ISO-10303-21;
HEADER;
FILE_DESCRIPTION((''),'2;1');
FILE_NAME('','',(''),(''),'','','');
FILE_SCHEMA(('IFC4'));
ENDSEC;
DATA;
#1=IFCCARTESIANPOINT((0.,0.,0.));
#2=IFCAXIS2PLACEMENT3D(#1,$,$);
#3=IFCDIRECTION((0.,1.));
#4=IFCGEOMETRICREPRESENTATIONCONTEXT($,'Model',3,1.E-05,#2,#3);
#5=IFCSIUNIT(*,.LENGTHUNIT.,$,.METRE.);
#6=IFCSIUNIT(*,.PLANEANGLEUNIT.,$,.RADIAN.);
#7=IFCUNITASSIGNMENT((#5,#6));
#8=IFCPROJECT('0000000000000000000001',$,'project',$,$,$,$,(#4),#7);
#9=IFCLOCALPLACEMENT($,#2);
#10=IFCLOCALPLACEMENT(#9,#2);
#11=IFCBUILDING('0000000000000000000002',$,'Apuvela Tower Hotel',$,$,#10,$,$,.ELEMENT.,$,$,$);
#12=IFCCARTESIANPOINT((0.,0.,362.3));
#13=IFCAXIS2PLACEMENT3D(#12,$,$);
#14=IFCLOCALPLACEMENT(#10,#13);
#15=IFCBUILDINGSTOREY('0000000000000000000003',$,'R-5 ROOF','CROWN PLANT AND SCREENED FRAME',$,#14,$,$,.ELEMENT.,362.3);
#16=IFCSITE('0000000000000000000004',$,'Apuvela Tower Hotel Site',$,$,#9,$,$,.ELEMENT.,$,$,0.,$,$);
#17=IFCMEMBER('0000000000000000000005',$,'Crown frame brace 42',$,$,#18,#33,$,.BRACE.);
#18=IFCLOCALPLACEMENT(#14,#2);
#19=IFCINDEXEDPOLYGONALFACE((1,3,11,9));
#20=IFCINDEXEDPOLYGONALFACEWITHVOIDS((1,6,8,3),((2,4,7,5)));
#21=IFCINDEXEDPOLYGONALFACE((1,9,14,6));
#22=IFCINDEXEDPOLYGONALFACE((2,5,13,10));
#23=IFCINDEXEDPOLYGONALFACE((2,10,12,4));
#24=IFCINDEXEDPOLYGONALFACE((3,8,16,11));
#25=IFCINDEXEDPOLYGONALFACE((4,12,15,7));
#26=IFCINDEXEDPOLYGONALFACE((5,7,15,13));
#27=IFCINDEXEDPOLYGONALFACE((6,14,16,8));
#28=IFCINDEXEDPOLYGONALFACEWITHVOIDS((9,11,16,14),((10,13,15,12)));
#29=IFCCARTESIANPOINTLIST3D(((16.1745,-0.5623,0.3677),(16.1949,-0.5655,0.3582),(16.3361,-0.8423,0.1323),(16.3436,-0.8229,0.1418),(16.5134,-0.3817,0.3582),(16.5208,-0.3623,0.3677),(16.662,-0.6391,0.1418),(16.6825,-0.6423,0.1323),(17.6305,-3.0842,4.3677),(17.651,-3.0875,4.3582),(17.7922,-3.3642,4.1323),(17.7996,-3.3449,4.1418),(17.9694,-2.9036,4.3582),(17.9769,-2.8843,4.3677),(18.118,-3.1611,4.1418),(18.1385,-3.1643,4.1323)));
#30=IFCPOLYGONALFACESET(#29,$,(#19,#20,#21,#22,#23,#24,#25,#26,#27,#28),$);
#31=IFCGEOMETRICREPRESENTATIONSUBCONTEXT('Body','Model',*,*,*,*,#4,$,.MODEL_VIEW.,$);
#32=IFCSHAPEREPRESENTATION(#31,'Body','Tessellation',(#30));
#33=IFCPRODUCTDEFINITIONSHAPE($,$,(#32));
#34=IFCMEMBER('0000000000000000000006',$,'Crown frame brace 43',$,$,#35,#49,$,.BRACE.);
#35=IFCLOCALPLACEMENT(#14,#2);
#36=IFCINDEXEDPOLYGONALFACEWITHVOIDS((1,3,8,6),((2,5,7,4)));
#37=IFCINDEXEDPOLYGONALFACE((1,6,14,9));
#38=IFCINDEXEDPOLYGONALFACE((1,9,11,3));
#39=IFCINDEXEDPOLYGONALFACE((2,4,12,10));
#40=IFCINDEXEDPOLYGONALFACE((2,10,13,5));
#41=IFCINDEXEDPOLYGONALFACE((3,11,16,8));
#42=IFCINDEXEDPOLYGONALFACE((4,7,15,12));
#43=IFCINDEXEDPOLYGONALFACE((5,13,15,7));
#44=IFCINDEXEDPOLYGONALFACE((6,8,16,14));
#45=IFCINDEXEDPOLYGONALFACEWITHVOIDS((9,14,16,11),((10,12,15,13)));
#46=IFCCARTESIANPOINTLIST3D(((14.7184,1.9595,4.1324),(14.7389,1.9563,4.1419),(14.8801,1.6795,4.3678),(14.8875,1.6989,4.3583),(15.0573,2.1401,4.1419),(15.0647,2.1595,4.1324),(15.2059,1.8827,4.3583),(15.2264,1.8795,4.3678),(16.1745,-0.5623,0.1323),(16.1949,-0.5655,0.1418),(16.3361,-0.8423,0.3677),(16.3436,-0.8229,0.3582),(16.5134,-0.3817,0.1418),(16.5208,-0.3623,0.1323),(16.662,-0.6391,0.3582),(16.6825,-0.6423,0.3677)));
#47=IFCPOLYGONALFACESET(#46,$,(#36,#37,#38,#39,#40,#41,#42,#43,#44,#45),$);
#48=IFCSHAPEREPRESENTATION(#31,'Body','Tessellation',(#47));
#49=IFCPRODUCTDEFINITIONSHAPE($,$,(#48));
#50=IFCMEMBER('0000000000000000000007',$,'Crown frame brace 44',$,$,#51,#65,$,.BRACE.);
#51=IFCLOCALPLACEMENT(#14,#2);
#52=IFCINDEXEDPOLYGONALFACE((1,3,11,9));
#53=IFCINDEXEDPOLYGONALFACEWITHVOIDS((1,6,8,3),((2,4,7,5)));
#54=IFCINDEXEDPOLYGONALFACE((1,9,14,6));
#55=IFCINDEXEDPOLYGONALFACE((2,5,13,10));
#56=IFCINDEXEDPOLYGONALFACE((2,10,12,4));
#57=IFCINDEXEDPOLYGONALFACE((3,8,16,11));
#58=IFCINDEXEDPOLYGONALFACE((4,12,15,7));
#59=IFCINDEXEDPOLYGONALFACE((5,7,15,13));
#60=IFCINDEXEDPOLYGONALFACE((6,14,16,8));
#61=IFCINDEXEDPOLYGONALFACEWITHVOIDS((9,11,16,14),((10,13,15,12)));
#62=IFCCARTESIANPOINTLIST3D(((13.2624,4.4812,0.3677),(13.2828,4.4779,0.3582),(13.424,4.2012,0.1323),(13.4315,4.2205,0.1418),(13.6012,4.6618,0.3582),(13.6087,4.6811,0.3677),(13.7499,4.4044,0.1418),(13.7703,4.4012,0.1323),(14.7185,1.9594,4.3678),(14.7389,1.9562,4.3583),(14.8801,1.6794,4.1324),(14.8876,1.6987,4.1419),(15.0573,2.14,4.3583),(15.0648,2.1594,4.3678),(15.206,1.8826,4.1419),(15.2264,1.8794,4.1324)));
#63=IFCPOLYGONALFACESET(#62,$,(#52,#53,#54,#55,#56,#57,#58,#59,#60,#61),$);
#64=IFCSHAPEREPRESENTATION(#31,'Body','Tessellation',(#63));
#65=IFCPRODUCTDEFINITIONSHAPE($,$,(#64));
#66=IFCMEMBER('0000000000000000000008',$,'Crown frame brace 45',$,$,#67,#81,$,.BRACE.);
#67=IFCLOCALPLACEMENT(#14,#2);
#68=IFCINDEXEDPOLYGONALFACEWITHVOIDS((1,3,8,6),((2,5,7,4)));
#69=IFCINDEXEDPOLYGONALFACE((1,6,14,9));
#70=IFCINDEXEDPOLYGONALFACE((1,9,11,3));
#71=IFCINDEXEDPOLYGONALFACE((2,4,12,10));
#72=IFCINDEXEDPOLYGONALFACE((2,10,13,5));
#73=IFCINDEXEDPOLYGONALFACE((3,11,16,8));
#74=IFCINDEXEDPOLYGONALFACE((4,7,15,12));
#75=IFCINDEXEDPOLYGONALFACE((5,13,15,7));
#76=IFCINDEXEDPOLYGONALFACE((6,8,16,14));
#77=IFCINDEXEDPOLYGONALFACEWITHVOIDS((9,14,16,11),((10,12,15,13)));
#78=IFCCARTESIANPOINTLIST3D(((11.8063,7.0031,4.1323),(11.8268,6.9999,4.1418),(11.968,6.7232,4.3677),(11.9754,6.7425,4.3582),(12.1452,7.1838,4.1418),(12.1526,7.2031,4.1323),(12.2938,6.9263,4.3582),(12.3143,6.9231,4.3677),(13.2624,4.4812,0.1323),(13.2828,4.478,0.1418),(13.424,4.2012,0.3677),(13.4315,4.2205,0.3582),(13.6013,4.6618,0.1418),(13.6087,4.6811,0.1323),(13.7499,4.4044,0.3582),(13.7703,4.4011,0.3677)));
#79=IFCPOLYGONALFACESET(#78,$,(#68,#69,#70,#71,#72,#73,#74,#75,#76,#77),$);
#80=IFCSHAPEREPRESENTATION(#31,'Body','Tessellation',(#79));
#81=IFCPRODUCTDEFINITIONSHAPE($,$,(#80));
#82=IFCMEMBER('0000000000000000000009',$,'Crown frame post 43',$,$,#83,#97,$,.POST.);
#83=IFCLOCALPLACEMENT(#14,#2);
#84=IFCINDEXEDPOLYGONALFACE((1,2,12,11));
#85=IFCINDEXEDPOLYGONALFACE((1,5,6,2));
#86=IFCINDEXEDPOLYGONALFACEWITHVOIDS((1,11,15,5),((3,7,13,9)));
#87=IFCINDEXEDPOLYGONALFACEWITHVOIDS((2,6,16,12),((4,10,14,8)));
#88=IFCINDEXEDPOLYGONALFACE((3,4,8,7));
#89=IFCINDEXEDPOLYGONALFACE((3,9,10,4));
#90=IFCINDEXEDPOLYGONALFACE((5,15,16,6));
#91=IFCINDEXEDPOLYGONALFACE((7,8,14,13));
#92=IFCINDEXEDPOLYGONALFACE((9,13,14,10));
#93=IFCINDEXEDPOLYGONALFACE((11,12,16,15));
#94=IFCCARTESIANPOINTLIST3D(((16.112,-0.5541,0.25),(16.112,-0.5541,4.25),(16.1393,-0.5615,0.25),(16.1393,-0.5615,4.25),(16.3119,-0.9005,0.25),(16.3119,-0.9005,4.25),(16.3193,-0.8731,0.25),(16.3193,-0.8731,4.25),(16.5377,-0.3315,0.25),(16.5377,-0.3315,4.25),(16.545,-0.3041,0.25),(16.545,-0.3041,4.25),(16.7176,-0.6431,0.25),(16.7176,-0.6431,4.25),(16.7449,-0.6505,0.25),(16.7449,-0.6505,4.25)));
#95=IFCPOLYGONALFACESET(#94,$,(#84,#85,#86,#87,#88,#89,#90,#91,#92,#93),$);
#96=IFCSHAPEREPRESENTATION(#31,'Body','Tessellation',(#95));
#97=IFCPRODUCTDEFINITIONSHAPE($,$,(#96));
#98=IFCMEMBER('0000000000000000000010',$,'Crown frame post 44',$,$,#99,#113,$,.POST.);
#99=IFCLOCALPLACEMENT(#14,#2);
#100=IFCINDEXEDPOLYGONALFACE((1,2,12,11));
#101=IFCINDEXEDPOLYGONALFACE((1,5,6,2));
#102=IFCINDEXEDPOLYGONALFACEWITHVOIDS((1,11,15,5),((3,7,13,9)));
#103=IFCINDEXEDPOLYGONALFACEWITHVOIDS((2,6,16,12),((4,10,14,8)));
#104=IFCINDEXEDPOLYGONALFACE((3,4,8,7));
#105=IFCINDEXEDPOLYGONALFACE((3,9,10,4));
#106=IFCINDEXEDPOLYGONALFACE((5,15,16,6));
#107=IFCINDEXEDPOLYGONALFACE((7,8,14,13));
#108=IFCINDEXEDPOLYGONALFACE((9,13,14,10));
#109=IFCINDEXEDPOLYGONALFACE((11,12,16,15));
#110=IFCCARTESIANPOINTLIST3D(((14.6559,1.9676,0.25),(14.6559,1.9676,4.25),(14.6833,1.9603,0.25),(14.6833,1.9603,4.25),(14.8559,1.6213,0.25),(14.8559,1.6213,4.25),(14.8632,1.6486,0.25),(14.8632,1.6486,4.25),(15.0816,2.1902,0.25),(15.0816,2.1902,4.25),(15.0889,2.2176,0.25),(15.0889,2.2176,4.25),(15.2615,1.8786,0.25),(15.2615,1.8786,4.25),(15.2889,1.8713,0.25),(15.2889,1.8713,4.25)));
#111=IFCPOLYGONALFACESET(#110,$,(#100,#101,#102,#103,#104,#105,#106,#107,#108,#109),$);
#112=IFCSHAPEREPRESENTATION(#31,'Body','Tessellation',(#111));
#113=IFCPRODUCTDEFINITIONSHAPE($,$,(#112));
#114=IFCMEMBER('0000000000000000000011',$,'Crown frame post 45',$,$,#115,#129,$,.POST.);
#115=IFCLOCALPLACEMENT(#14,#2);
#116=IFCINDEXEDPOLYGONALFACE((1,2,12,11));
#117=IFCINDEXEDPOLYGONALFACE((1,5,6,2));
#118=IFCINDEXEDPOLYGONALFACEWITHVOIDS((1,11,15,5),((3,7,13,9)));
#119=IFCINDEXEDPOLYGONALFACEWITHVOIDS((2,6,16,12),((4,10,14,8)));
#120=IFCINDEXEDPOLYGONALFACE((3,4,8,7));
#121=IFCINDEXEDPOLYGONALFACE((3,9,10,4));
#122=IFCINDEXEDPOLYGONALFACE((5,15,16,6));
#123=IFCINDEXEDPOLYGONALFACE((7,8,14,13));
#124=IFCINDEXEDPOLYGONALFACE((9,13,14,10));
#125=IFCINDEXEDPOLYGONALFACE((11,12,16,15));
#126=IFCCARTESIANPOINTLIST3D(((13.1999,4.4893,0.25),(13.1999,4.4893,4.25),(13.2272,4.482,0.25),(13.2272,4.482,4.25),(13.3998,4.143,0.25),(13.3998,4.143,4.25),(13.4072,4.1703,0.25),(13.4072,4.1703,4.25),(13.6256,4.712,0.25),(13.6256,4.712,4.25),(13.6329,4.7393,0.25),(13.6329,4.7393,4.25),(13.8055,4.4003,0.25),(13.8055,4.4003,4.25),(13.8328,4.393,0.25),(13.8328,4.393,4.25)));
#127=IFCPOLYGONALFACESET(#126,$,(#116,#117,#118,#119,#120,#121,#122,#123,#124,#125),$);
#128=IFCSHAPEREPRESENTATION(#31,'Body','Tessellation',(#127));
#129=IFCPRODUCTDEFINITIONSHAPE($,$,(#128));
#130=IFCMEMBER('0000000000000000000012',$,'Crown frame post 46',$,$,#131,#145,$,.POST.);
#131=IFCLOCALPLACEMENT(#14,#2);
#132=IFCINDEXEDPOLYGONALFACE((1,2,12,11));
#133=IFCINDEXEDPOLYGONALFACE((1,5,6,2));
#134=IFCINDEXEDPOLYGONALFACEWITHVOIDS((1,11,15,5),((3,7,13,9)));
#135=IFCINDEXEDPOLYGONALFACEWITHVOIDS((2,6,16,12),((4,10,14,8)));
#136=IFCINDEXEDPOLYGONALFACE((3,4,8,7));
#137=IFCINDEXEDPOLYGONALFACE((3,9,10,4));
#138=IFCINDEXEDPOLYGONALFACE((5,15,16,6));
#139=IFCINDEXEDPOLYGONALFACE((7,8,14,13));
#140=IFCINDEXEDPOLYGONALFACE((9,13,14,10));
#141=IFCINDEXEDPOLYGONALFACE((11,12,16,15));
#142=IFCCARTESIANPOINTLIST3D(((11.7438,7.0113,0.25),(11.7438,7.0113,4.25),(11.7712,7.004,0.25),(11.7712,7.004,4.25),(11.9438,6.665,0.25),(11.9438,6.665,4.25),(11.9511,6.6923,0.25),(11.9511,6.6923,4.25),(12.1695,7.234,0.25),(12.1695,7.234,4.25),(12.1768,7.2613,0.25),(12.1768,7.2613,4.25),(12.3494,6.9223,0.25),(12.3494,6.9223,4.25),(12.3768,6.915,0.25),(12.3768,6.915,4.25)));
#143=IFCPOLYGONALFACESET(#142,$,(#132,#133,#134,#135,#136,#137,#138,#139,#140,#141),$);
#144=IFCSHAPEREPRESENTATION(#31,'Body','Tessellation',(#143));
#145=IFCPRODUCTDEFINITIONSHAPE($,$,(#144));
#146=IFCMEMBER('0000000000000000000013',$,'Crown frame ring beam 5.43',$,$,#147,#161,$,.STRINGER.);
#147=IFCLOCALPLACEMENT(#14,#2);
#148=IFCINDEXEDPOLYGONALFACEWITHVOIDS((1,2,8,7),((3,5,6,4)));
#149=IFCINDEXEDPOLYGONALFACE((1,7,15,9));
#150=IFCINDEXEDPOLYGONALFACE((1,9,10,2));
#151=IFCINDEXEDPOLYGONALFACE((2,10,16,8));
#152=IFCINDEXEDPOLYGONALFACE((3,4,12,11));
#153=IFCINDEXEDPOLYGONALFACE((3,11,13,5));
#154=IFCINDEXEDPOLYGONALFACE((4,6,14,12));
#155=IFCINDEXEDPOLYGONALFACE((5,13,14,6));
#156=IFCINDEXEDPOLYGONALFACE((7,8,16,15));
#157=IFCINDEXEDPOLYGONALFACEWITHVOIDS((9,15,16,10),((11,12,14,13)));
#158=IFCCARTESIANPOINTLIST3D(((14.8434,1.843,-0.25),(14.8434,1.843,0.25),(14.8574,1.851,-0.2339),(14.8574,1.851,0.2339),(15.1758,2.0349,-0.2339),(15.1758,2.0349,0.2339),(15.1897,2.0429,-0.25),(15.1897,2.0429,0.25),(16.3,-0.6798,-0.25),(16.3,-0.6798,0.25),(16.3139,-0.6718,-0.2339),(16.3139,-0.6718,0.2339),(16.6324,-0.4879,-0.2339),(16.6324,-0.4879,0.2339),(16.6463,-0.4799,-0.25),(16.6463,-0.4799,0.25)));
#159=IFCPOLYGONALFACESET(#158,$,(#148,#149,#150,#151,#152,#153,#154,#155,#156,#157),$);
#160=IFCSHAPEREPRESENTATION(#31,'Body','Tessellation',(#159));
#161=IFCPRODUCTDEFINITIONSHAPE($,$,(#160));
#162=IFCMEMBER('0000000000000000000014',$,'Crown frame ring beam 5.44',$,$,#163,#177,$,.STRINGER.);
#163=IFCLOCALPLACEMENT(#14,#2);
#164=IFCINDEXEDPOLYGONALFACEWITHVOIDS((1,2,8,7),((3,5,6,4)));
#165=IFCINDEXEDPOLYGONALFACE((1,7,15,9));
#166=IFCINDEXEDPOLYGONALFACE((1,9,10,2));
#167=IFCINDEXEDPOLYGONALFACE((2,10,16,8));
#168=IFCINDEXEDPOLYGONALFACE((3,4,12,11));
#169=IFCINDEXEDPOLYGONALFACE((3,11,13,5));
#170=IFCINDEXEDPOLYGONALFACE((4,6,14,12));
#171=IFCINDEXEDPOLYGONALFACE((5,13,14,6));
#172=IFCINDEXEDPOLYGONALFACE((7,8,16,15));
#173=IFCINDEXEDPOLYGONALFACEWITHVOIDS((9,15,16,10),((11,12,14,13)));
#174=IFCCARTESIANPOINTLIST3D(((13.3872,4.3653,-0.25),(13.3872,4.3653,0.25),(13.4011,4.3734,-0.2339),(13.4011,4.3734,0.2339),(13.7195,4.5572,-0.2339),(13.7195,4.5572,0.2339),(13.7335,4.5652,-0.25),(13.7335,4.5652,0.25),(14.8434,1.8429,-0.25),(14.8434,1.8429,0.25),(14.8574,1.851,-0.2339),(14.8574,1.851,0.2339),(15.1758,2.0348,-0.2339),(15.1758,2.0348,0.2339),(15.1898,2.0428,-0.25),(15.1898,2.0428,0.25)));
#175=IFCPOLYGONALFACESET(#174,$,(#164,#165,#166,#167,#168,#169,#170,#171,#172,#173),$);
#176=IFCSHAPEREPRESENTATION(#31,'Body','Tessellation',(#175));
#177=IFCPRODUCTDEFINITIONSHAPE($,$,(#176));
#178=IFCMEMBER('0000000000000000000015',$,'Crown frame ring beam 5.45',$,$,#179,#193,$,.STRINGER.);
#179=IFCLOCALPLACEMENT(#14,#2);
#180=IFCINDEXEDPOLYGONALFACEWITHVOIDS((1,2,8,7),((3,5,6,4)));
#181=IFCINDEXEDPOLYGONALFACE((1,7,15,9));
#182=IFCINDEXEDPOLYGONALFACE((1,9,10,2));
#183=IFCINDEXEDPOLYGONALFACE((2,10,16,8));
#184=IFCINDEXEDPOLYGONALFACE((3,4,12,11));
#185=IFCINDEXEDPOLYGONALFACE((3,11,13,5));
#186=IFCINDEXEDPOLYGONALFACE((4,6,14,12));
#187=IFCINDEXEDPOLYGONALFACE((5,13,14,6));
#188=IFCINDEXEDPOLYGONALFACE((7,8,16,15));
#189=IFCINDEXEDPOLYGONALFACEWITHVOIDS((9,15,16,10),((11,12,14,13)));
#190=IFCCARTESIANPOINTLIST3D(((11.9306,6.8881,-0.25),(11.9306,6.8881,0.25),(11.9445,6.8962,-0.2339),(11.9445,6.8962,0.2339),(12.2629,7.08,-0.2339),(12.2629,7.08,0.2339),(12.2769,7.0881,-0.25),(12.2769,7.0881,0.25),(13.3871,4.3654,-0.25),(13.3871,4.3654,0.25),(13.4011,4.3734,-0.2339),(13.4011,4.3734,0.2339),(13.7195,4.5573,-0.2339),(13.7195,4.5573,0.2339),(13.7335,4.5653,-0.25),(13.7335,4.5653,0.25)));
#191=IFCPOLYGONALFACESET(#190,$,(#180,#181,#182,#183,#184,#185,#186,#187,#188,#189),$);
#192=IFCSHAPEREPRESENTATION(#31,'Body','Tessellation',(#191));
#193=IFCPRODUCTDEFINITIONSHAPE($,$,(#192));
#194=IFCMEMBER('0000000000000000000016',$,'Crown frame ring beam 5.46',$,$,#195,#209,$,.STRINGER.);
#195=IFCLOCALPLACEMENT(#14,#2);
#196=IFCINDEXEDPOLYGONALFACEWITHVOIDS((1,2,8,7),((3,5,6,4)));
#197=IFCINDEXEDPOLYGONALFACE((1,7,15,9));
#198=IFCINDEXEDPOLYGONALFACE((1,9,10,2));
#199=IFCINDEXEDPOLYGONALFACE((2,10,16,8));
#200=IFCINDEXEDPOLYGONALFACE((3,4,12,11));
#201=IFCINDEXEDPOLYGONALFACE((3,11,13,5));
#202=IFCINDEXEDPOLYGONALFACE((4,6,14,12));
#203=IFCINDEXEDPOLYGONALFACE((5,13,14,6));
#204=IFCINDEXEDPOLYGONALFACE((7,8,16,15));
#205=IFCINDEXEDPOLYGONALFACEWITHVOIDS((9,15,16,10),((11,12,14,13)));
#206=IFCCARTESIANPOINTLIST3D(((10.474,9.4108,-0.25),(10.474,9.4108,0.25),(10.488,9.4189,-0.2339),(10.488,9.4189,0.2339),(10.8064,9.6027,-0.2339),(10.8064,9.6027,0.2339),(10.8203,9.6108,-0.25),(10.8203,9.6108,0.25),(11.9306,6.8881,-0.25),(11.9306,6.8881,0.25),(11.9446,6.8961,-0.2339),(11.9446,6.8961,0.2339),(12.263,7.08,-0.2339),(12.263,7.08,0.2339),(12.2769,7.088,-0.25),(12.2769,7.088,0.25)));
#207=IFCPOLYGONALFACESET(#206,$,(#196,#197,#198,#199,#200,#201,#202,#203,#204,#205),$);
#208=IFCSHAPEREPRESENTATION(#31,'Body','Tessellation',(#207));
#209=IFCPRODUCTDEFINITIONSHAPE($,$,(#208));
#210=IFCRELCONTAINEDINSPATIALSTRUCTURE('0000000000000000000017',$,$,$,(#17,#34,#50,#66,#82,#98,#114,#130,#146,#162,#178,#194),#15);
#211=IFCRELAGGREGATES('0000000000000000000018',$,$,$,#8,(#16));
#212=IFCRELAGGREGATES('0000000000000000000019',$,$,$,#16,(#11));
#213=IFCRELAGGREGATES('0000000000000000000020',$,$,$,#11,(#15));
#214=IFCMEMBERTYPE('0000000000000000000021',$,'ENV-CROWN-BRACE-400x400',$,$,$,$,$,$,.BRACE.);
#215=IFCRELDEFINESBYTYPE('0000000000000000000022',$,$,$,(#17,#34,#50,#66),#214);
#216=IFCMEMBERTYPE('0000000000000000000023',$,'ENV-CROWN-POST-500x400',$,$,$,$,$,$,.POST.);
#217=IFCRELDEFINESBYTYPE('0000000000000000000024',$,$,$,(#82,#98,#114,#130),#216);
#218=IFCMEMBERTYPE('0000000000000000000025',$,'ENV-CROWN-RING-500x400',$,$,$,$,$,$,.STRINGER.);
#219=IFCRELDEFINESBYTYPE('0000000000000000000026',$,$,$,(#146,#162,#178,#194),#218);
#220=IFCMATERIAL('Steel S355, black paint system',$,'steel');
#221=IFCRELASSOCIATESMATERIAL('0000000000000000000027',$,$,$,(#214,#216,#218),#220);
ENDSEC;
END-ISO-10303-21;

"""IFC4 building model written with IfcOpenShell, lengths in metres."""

from ifc_helpers import new_model, si_unit, direction, frame, origin, origin_2d, place, context, subcontext, project, spatial, hollow_rectangle, extrude, material, material_profile, profile_set, type_object, element, save


model = new_model("IFC4")

# Units and contexts
model_context = context("Model", 3, precision=1e-05, world=origin(), true_north=direction((0.0, 1.0)))
body_context = subcontext(model_context, "Body", "Model", "MODEL_VIEW")
ifc_project = project(units=[si_unit("LENGTHUNIT", "METRE"), si_unit("PLANEANGLEUNIT", "RADIAN")], contexts=[model_context])

# Site, building, storey
site_placement = place(None, origin())
site = spatial("IfcSite", under=ifc_project, at=site_placement, Name="Apuvela Tower Hotel Site", CompositionType="ELEMENT", RefElevation=0.0)
building_placement = place(site_placement, origin())
building = spatial("IfcBuilding", under=site, at=building_placement, Name="Apuvela Tower Hotel", CompositionType="ELEMENT")
storey_placement = place(building_placement, frame((0.0, 0.0, 362.3)))
storey = spatial("IfcBuildingStorey", under=building, at=storey_placement, Name="R-5 ROOF", Description="CROWN PLANT AND SCREENED FRAME", CompositionType="ELEMENT", Elevation=362.3)

# Members
ifc_material_1 = material(Name="Steel S355, black paint system", Category="steel")
ifc_material_profile_1 = material_profile(ifc_material_1, hollow_rectangle(XDim=0.3999, YDim=0.3999, WallThickness=0.0161, at=origin_2d()), Name="HSS 400x400x16")
ifc_profile_set_1 = profile_set([ifc_material_profile_1], Name="Steel S355, black paint system")
member_type_1 = type_object("IfcMemberType", Name="ENV-CROWN-BRACE-400x400", PredefinedType="BRACE", material=ifc_profile_set_1)
for number, where, z_axis, x_axis, name in (
    (1, (16.4285, -0.6023, 0.25), (0.294285, -0.509719, 0.808445), (0.866026, 0.499998, 0.0), "Crown frame brace 42"),
    (2, (16.4285, -0.6023, 0.25), (-0.294292, 0.509682, 0.808465), (-0.866005, -0.500035, 0.0), "Crown frame brace 43"),
    (3, (13.5164, 4.4412, 0.25), (0.294292, -0.509682, 0.808465), (0.866005, 0.500035, 0.0), "Crown frame brace 44"),
    (4, (13.5164, 4.4412, 0.25), (-0.294285, 0.509719, 0.808445), (-0.866026, -0.499998, 0.0), "Crown frame brace 45"),
):
    element("IfcMember", number, at=place(storey_placement, frame(where, z_axis=z_axis, x_axis=x_axis)), inside=storey, type_object=member_type_1, Name=name, PredefinedType="BRACE", context=body_context, shape_type="SweptSolid", body=[
        extrude(hollow_rectangle(XDim=0.3999, YDim=0.3999, WallThickness=0.0161, at=origin_2d()), origin(), (0.0, 0.0, 1.0), 4.9478),
    ])
ifc_material_profile_2 = material_profile(ifc_material_1, hollow_rectangle(XDim=0.3999, YDim=0.5, WallThickness=0.02, at=origin_2d()), Name="HSS 500x400x20")
ifc_profile_set_2 = profile_set([ifc_material_profile_2], Name="Steel S355, black paint system")
member_type_2 = type_object("IfcMemberType", Name="ENV-CROWN-POST-500x400", PredefinedType="POST", material=ifc_profile_set_2)
for number, where, z_axis, x_axis, name in (
    (5, (16.4285, -0.6023, 0.25), (0.0, 0.0, 1.0), (-0.5, 0.866025, 0.0), "Crown frame post 43"),
    (6, (14.9724, 1.9194, 0.25), (0.0, 0.0, 1.0), (-0.5, 0.866025, 0.0), "Crown frame post 44"),
    (7, (13.5164, 4.4412, 0.25), (0.0, 0.0, 1.0), (-0.5, 0.866025, 0.0), "Crown frame post 45"),
    (8, (12.0603, 6.9631, 0.25), (0.0, 0.0, 1.0), (-0.5, 0.866025, 0.0), "Crown frame post 46"),
):
    element("IfcMember", number, at=place(storey_placement, frame(where, z_axis=z_axis, x_axis=x_axis)), inside=storey, type_object=member_type_2, Name=name, PredefinedType="POST", context=body_context, shape_type="SweptSolid", body=[
        extrude(hollow_rectangle(XDim=0.3999, YDim=0.5, WallThickness=0.02, at=origin_2d()), origin(), (0.0, 0.0, 1.0), 4.0),
    ])
ifc_material_profile_3 = material_profile(ifc_material_1, hollow_rectangle(XDim=0.3999, YDim=0.5, WallThickness=0.0161, at=origin_2d()), Name="HSS 500x400x16")
ifc_profile_set_3 = profile_set([ifc_material_profile_3], Name="Steel S355, black paint system")
member_type_3 = type_object("IfcMemberType", Name="ENV-CROWN-RING-500x400", PredefinedType="STRINGER", material=ifc_profile_set_3)
member_1_placement = place(storey_placement, frame((16.4731, -0.5798, 0.0), z_axis=(-0.500015, 0.866017, 0.0), x_axis=(-0.866017, -0.500015, 0.0)))
element("IfcMember", 9, at=member_1_placement, inside=storey, type_object=member_type_3, Name="Crown frame ring beam 5.43", PredefinedType="STRINGER", context=body_context, shape_type="SweptSolid", body=[
    extrude(hollow_rectangle(XDim=0.3999, YDim=0.5, WallThickness=0.0161, at=origin_2d()), origin(), (0.0, 0.0, 1.0), 2.9131),
])
member_2_placement = place(storey_placement, frame((15.0166, 1.9429, 0.0), z_axis=(-0.499988, 0.866032, 0.0), x_axis=(-0.866032, -0.499988, 0.0)))
element("IfcMember", 10, at=member_2_placement, inside=storey, type_object=member_type_3, Name="Crown frame ring beam 5.44", PredefinedType="STRINGER", context=body_context, shape_type="SweptSolid", body=[
    extrude(hollow_rectangle(XDim=0.3999, YDim=0.5, WallThickness=0.0161, at=origin_2d()), origin(), (0.0, 0.0, 1.0), 2.9126),
])
for number, where, z_axis, x_axis, name in (
    (11, (13.5603, 4.4653, 0.0), (-0.500015, 0.866017, 0.0), (-0.866017, -0.500015, 0.0), "Crown frame ring beam 5.45"),
    (12, (12.1038, 6.988, 0.0), (-0.500015, 0.866017, 0.0), (-0.866017, -0.500015, 0.0), "Crown frame ring beam 5.46"),
):
    element("IfcMember", number, at=place(storey_placement, frame(where, z_axis=z_axis, x_axis=x_axis)), inside=storey, type_object=member_type_3, Name=name, PredefinedType="STRINGER", context=body_context, shape_type="SweptSolid", body=[
        extrude(hollow_rectangle(XDim=0.3999, YDim=0.5, WallThickness=0.0161, at=origin_2d()), origin(), (0.0, 0.0, 1.0), 2.9131),
    ])

save(model, "model.ifc")
